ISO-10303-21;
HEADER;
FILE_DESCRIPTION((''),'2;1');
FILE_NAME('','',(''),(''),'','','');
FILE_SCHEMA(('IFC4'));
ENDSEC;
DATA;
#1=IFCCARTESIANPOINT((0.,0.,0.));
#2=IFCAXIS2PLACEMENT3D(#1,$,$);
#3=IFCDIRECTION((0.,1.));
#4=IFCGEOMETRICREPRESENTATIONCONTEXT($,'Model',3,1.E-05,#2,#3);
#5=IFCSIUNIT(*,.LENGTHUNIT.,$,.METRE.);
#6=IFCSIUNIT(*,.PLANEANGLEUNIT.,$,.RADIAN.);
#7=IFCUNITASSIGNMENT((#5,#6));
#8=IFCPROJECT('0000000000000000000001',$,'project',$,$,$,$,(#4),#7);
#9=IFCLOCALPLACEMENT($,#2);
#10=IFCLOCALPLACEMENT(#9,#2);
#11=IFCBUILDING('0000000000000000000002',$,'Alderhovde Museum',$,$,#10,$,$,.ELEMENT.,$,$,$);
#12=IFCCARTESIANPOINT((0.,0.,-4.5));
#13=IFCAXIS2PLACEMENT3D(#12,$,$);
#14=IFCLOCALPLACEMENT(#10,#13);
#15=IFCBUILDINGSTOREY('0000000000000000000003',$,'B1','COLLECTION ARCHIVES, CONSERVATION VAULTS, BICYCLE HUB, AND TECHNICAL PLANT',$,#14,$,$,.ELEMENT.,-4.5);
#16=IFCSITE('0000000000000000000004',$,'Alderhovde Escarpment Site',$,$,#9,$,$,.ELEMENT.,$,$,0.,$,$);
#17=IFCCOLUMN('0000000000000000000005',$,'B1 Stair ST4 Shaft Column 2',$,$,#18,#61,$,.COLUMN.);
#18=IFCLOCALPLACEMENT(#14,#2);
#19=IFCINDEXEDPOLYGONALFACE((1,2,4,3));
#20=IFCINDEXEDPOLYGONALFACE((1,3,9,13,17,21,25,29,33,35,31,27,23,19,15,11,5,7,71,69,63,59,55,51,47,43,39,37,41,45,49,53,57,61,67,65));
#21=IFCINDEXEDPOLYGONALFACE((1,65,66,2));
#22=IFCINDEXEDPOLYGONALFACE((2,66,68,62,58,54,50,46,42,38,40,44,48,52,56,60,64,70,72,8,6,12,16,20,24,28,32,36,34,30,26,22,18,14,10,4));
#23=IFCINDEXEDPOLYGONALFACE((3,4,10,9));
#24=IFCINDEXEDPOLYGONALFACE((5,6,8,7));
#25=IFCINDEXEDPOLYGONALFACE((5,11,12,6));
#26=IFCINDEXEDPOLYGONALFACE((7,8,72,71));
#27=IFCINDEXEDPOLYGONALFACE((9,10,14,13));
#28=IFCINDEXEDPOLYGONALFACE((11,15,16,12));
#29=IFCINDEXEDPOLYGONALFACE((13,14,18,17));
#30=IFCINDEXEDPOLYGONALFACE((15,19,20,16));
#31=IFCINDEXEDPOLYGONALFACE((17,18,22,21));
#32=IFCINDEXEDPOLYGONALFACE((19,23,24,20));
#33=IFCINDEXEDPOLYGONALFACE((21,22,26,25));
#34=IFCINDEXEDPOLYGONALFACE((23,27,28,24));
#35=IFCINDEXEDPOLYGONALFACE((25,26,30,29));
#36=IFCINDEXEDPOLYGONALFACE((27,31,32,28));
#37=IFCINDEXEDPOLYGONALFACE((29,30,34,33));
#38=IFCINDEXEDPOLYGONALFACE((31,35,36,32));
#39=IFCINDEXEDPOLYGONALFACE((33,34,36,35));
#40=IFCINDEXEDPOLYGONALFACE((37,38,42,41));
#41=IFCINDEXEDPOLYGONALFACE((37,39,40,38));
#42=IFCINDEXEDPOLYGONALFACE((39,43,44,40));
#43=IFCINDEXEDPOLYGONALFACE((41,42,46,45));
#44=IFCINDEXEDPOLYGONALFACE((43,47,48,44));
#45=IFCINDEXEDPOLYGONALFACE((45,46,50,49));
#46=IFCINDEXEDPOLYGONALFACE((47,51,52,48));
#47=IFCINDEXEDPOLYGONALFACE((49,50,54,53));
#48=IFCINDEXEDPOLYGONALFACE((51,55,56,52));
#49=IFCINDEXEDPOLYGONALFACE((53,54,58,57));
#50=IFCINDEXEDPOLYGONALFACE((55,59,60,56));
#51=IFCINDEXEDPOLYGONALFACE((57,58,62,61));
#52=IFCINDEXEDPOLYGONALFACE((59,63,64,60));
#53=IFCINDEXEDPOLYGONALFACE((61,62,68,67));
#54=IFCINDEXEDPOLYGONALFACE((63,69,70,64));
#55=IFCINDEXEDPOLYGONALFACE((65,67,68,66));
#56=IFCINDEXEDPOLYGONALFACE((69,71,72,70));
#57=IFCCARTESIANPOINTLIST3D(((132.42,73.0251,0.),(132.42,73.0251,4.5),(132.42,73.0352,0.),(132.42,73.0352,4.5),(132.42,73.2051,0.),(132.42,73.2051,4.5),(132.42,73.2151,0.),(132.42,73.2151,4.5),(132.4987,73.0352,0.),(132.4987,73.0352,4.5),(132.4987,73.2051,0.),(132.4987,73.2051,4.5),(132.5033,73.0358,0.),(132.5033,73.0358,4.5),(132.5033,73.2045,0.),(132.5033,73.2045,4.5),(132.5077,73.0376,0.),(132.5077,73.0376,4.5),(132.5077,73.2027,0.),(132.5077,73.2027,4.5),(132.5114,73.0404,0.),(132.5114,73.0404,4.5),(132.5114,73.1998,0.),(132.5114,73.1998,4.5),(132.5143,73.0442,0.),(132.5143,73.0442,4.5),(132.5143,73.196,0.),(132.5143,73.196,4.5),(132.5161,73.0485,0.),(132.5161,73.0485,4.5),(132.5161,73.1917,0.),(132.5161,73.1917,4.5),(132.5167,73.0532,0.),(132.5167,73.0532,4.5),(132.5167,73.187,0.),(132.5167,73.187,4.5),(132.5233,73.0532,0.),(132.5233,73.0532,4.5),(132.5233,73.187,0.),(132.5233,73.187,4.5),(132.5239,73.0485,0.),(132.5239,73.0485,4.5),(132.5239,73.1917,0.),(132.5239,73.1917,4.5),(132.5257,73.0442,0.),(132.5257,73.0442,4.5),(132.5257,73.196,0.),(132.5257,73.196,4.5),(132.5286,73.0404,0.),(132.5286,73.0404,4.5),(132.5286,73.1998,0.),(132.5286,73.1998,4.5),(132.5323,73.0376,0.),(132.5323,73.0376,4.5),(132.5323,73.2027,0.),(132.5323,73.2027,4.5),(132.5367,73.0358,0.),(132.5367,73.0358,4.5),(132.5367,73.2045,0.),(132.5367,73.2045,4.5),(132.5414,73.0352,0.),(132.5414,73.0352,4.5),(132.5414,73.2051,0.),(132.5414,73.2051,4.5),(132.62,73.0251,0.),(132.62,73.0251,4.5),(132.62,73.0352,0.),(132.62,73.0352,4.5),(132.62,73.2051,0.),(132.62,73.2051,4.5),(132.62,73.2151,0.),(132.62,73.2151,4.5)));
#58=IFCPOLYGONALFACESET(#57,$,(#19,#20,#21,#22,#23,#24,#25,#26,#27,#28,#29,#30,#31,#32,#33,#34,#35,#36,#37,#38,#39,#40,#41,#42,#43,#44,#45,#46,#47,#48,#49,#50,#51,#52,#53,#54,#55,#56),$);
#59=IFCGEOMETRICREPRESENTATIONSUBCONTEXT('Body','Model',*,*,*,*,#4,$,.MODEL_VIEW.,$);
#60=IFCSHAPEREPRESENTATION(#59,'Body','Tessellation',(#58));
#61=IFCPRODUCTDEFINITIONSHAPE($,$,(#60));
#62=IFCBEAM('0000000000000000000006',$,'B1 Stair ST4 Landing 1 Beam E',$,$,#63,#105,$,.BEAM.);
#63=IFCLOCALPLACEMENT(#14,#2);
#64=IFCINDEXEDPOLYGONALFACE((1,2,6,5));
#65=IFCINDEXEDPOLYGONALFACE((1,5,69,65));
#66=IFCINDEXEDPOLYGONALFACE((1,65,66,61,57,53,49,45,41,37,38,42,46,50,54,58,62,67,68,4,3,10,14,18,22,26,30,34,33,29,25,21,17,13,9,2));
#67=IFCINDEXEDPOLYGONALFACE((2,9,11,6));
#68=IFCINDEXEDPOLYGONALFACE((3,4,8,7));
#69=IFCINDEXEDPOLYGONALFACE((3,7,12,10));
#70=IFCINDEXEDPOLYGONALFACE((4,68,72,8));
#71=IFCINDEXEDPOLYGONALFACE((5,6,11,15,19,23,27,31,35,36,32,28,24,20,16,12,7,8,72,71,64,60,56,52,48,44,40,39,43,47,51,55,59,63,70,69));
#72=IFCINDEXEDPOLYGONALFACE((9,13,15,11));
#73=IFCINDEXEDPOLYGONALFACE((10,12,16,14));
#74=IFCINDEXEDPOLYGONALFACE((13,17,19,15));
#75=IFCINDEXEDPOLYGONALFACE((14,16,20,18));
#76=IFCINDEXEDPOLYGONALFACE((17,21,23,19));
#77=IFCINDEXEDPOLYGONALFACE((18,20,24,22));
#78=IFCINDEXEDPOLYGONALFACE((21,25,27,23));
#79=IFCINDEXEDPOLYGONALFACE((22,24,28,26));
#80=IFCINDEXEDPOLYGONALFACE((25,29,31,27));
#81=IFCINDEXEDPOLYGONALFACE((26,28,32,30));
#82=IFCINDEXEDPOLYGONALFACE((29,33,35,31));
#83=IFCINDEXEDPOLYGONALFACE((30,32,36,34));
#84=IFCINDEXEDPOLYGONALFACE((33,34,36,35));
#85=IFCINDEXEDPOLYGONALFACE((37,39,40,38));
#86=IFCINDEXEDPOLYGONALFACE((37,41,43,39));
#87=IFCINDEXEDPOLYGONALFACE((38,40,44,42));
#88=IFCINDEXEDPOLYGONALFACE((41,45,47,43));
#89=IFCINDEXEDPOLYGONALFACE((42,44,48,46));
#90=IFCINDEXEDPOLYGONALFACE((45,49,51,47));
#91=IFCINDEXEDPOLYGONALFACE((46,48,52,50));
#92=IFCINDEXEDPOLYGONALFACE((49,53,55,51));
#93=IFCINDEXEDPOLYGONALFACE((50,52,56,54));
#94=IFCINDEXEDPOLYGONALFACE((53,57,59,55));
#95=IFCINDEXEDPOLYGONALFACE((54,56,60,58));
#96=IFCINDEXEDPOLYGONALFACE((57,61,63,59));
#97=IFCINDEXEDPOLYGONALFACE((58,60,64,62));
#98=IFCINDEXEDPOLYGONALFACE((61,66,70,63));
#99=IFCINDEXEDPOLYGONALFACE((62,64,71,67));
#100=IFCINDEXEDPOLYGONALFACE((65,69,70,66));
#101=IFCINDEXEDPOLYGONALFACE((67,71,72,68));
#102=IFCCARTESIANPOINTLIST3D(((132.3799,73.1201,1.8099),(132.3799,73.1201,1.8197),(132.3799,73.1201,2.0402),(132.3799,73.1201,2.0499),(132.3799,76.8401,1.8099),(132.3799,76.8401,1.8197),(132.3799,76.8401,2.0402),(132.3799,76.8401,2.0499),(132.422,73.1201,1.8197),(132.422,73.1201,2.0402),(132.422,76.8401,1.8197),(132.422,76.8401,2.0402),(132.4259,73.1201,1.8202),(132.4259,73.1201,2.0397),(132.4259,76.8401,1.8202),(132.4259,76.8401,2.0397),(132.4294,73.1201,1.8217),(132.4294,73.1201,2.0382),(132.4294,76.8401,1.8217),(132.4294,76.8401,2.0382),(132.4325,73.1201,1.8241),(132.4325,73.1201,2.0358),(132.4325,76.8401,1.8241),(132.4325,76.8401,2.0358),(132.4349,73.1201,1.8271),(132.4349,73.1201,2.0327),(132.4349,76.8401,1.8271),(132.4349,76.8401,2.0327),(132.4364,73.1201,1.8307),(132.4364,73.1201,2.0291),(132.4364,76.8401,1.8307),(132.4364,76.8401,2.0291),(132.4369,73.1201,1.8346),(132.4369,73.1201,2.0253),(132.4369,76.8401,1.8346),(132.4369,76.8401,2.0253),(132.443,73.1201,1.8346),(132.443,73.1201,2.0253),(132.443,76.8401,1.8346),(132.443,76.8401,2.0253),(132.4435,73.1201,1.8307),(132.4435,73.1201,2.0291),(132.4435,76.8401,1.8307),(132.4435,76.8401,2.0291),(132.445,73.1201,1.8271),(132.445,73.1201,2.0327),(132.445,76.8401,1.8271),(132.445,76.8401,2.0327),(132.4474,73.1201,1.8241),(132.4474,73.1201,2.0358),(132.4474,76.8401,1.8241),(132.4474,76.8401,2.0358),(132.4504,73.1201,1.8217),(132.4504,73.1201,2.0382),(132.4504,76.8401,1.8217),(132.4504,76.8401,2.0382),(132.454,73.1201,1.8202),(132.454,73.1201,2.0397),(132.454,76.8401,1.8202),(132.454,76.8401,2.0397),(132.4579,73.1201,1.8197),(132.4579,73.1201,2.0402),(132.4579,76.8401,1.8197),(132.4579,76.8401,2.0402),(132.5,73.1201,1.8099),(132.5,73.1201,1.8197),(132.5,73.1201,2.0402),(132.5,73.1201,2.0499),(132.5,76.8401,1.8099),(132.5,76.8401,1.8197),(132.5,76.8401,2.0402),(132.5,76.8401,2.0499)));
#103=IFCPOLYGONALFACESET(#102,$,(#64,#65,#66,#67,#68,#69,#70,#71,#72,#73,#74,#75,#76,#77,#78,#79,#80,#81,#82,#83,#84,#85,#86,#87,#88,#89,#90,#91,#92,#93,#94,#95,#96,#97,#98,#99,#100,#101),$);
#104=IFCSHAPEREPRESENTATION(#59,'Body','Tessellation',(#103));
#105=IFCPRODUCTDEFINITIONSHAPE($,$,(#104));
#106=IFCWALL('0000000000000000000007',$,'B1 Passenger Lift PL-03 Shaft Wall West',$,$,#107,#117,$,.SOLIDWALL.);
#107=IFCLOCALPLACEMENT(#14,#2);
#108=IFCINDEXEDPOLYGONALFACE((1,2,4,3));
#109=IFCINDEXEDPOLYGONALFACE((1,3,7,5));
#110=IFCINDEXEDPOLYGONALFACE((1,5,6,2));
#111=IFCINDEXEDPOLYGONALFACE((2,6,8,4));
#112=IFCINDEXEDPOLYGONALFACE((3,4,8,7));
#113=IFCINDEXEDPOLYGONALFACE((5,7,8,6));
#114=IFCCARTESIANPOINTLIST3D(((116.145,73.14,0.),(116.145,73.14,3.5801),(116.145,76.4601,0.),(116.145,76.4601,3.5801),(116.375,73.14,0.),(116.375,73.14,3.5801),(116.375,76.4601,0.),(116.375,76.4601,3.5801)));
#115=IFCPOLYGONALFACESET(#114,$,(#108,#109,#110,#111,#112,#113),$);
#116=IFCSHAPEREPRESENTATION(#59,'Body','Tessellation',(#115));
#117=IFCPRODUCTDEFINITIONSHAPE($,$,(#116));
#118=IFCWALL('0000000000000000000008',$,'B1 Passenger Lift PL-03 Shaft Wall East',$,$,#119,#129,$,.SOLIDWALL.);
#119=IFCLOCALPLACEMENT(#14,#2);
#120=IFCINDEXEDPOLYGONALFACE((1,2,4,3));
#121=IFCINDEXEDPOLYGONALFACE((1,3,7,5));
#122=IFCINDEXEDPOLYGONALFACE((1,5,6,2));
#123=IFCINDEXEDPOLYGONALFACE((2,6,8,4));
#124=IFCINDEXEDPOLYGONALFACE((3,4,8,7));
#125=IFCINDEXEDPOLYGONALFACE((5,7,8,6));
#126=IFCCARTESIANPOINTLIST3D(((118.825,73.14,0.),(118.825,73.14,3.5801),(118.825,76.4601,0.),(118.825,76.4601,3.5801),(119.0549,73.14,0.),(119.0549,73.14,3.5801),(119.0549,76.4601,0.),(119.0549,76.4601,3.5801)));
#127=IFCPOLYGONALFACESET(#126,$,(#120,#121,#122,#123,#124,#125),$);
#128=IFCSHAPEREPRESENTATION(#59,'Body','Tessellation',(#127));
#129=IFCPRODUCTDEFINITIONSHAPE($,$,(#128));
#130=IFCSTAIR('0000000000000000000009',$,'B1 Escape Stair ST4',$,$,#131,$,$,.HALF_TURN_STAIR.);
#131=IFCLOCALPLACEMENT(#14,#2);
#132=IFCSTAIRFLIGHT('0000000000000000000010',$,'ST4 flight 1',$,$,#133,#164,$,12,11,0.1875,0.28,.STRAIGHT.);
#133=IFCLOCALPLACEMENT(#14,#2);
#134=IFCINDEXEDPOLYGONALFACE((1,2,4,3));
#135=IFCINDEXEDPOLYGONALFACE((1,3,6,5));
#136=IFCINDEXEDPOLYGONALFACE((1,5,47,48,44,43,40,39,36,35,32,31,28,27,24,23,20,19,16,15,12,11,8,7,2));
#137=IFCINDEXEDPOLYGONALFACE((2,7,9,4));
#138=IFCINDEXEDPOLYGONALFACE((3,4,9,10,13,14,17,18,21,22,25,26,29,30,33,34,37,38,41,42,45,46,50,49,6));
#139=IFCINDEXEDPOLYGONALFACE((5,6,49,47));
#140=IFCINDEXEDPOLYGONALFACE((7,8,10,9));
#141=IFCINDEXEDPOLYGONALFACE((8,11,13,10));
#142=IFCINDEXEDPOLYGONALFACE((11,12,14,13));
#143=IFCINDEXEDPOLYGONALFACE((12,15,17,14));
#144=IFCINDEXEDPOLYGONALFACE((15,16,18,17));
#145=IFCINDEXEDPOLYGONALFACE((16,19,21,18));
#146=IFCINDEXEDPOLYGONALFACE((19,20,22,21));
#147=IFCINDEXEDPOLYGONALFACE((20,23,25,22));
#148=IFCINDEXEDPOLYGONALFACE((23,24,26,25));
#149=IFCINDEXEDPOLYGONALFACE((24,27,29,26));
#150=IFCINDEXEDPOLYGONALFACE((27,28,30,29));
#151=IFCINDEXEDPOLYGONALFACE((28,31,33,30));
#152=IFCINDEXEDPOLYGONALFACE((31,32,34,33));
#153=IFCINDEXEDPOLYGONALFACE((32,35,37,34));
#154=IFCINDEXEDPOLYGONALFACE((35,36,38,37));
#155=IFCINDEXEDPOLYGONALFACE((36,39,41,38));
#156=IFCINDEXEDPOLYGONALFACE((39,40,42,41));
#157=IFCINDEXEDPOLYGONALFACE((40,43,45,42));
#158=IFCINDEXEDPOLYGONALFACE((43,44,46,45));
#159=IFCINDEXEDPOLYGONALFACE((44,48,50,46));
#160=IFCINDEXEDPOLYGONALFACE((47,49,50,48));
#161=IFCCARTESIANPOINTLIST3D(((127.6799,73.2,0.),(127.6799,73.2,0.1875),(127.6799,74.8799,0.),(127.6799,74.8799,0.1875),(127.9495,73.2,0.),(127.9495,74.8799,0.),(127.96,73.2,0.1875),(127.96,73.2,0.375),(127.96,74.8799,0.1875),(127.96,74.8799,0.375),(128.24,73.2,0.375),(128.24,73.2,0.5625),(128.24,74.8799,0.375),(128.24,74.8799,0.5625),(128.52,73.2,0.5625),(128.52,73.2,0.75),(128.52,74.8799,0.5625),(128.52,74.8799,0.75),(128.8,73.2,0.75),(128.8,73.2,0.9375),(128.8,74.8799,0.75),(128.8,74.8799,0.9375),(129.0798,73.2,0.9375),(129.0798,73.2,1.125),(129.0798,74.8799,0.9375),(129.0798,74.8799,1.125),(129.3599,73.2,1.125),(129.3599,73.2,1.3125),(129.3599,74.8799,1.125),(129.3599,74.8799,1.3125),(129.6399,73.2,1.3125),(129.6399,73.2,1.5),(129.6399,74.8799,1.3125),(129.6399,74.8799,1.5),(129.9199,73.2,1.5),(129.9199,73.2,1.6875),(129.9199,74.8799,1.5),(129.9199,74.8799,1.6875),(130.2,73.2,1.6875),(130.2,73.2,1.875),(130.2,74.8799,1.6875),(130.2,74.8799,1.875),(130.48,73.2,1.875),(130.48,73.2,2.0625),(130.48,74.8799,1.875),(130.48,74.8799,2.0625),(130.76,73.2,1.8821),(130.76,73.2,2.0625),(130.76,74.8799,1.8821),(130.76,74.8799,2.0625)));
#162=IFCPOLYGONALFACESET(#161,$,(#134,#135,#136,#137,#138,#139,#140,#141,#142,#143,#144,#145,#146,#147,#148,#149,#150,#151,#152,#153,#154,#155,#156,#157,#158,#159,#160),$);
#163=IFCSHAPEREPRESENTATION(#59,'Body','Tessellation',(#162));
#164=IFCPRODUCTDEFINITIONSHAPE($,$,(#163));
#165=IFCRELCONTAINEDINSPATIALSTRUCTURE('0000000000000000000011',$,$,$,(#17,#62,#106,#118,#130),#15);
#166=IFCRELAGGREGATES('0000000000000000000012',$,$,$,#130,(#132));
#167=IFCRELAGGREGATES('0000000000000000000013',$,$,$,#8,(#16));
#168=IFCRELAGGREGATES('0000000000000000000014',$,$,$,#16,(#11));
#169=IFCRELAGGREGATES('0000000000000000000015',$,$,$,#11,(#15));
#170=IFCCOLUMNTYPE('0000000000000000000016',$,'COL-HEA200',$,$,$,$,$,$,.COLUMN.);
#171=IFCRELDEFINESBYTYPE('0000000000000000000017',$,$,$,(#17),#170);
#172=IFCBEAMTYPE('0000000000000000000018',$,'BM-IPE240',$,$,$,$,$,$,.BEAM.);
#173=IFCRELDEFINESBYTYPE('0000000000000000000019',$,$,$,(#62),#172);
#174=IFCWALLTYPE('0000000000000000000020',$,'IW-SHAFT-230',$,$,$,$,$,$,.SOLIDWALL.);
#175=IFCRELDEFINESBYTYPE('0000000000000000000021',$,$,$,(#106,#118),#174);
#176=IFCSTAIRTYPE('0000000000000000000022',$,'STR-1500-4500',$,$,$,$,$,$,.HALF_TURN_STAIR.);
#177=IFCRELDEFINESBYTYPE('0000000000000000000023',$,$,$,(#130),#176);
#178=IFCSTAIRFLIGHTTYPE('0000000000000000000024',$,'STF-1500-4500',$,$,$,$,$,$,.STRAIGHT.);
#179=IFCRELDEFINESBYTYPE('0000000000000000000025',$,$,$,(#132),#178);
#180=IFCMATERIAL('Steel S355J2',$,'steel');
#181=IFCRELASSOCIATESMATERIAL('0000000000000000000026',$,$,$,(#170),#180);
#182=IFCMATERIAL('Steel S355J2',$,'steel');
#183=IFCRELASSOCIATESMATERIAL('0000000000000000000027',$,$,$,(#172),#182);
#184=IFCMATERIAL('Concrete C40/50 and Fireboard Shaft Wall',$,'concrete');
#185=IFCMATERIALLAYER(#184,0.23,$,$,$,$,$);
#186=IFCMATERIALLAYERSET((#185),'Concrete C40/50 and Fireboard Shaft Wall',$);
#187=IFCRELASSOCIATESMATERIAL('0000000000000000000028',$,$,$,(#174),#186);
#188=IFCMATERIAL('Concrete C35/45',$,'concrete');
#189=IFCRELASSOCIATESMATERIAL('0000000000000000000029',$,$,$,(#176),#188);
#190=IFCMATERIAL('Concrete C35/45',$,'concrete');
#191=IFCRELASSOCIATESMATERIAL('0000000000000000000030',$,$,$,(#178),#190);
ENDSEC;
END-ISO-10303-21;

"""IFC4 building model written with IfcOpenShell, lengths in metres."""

from ifc_helpers import new_model, si_unit, direction, frame, frame_2d, origin, origin_2d, place, context, subcontext, project, spatial, polyline, rectangle, i_section, outline, extrude, material, layer, layer_set, material_profile, profile_set, type_object, element, aggregate, save


model = new_model("IFC4")

# Units and contexts
model_context = context("Model", 3, precision=1e-05, world=origin(), true_north=direction((0.0, 1.0)))
body_context = subcontext(model_context, "Body", "Model", "MODEL_VIEW")
ifc_project = project(units=[si_unit("LENGTHUNIT", "METRE"), si_unit("PLANEANGLEUNIT", "RADIAN")], contexts=[model_context])

# Site, building, storey
site_placement = place(None, origin())
site = spatial("IfcSite", under=ifc_project, at=site_placement, Name="Alderhovde Escarpment Site", CompositionType="ELEMENT", RefElevation=0.0)
building_placement = place(site_placement, origin())
building = spatial("IfcBuilding", under=site, at=building_placement, Name="Alderhovde Museum", CompositionType="ELEMENT")
storey_placement = place(building_placement, frame((0.0, 0.0, -4.5)))
storey = spatial("IfcBuildingStorey", under=building, at=storey_placement, Name="B1", Description="COLLECTION ARCHIVES, CONSERVATION VAULTS, BICYCLE HUB, AND TECHNICAL PLANT", CompositionType="ELEMENT", Elevation=-4.5)

# Column
ifc_material_1 = material(Name="Steel S355J2", Category="steel")
ifc_material_profile_1 = material_profile(ifc_material_1, i_section(OverallWidth=0.2, OverallDepth=0.1899, WebThickness=0.0066, FlangeThickness=0.01, FilletRadius=0.0181, at=origin_2d()), Name="HEA 200")
ifc_profile_set_1 = profile_set([ifc_material_profile_1], Name="Steel S355J2")
column_type_1 = type_object("IfcColumnType", Name="COL-HEA200", PredefinedType="COLUMN", material=ifc_profile_set_1)
column_1_placement = place(storey_placement, frame((132.52, 73.1201, 0.0), z_axis=(0.0, 0.0, 1.0), x_axis=(1.0, 0.0, 0.0)))
element("IfcColumn", 1, at=column_1_placement, inside=storey, type_object=column_type_1, Name="B1 Stair ST4 Shaft Column 2", PredefinedType="COLUMN", context=body_context, shape_type="SweptSolid", body=[
    extrude(i_section(OverallWidth=0.2, OverallDepth=0.1899, WebThickness=0.0066, FlangeThickness=0.01, FilletRadius=0.0181, at=origin_2d()), origin(), (0.0, 0.0, 1.0), 4.5),
])

# Beam
ifc_material_2 = material(Name="Steel S355J2", Category="steel")
ifc_material_profile_2 = material_profile(ifc_material_2, i_section(OverallWidth=0.1201, OverallDepth=0.24, WebThickness=0.0061, FlangeThickness=0.0098, FilletRadius=0.0149, at=origin_2d()), Name="IPE 240")
ifc_profile_set_2 = profile_set([ifc_material_profile_2], Name="Steel S355J2")
beam_type = type_object("IfcBeamType", Name="BM-IPE240", PredefinedType="BEAM", material=ifc_profile_set_2)
beam_placement = place(storey_placement, frame((132.4399, 73.1201, 1.9299), z_axis=(0.0, 1.0, 0.0), x_axis=(-1.0, 0.0, 0.0)))
element("IfcBeam", 2, at=beam_placement, inside=storey, type_object=beam_type, Name="B1 Stair ST4 Landing 1 Beam E", PredefinedType="BEAM", context=body_context, shape_type="SweptSolid", body=[
    extrude(i_section(OverallWidth=0.1201, OverallDepth=0.24, WebThickness=0.0061, FlangeThickness=0.0098, FilletRadius=0.0149, at=origin_2d()), origin(), (0.0, 0.0, 1.0), 3.72),
])

# Walls
ifc_material_3 = material(Name="Concrete C40/50 and Fireboard Shaft Wall", Category="concrete")
ifc_layer = layer(ifc_material_3, 0.23)
ifc_layer_set = layer_set([ifc_layer], Name="Concrete C40/50 and Fireboard Shaft Wall")
wall_type = type_object("IfcWallType", Name="IW-SHAFT-230", PredefinedType="SOLIDWALL", material=ifc_layer_set)
for number, where, z_axis, x_axis, name in (
    (3, (116.26, 73.1399, 0.0), (0.0, 0.0, 1.0), (0.0, 1.0, 0.0), "B1 Passenger Lift PL-03 Shaft Wall West"),
    (4, (118.9399, 73.1399, 0.0), (0.0, 0.0, 1.0), (0.0, 1.0, 0.0), "B1 Passenger Lift PL-03 Shaft Wall East"),
):
    element("IfcWall", number, at=place(storey_placement, frame(where, z_axis=z_axis, x_axis=x_axis)), inside=storey, type_object=wall_type, Name=name, PredefinedType="SOLIDWALL", context=body_context, shape_type="SweptSolid", body=[
        extrude(rectangle(XDim=3.3201, YDim=0.23, at=frame_2d((1.6602, 0.0))), origin(), (0.0, 0.0, 1.0), 3.5801),
    ])

# Stair, stair flight
ifc_material_4 = material(Name="Concrete C35/45", Category="concrete")
stair_type = type_object("IfcStairType", Name="STR-1500-4500", PredefinedType="HALF_TURN_STAIR", material=ifc_material_4)
stair_placement = place(storey_placement, origin())
stair = element("IfcStair", 5, at=stair_placement, inside=storey, type_object=stair_type, Name="B1 Escape Stair ST4", PredefinedType="HALF_TURN_STAIR")
ifc_material_5 = material(Name="Concrete C35/45", Category="concrete")
stair_flight_type = type_object("IfcStairFlightType", Name="STF-1500-4500", PredefinedType="STRAIGHT", material=ifc_material_5)
stair_flight_1_placement = place(storey_placement, frame((127.6799, 74.04, 0.0), z_axis=(0.0, 0.0, 1.0), x_axis=(1.0, 0.0, 0.0)))
stair_flight_1 = element("IfcStairFlight", 6, at=stair_flight_1_placement, type_object=stair_flight_type, Name="ST4 flight 1", NumberOfRisers=12, NumberOfTreads=11, PredefinedType="STRAIGHT", RiserHeight=0.1875, TreadLength=0.28, context=body_context, shape_type="SweptSolid", body=[
    extrude(outline(polyline([(0.0, 0.0), (0.0, 0.1875), (0.28, 0.1875), (0.28, 0.375), (0.5601, 0.375), (0.5601, 0.5625), (0.8401, 0.5625), (0.8401, 0.75), (1.1201, 0.75), (1.1201, 0.9375), (1.3999, 0.9375), (1.3999, 1.125), (1.6799, 1.125), (1.6799, 1.3125), (1.96, 1.3125), (1.96, 1.5), (2.24, 1.5), (2.24, 1.6875), (2.52, 1.6875), (2.52, 1.875), (2.8, 1.875), (2.8, 2.0625), (3.0801, 2.0625), (3.0801, 2.25), (3.0801, 1.8821), (0.2695, 0.0), (0.0, 0.0)])), frame((0.0, 0.8398, 0.0), z_axis=(0.0, -1.0, 0.0), x_axis=(1.0, 0.0, 0.0)), (0.0, 0.0, 1.0), 1.6799),
])
aggregate(stair, [stair_flight_1])

save(model, "model.ifc")
